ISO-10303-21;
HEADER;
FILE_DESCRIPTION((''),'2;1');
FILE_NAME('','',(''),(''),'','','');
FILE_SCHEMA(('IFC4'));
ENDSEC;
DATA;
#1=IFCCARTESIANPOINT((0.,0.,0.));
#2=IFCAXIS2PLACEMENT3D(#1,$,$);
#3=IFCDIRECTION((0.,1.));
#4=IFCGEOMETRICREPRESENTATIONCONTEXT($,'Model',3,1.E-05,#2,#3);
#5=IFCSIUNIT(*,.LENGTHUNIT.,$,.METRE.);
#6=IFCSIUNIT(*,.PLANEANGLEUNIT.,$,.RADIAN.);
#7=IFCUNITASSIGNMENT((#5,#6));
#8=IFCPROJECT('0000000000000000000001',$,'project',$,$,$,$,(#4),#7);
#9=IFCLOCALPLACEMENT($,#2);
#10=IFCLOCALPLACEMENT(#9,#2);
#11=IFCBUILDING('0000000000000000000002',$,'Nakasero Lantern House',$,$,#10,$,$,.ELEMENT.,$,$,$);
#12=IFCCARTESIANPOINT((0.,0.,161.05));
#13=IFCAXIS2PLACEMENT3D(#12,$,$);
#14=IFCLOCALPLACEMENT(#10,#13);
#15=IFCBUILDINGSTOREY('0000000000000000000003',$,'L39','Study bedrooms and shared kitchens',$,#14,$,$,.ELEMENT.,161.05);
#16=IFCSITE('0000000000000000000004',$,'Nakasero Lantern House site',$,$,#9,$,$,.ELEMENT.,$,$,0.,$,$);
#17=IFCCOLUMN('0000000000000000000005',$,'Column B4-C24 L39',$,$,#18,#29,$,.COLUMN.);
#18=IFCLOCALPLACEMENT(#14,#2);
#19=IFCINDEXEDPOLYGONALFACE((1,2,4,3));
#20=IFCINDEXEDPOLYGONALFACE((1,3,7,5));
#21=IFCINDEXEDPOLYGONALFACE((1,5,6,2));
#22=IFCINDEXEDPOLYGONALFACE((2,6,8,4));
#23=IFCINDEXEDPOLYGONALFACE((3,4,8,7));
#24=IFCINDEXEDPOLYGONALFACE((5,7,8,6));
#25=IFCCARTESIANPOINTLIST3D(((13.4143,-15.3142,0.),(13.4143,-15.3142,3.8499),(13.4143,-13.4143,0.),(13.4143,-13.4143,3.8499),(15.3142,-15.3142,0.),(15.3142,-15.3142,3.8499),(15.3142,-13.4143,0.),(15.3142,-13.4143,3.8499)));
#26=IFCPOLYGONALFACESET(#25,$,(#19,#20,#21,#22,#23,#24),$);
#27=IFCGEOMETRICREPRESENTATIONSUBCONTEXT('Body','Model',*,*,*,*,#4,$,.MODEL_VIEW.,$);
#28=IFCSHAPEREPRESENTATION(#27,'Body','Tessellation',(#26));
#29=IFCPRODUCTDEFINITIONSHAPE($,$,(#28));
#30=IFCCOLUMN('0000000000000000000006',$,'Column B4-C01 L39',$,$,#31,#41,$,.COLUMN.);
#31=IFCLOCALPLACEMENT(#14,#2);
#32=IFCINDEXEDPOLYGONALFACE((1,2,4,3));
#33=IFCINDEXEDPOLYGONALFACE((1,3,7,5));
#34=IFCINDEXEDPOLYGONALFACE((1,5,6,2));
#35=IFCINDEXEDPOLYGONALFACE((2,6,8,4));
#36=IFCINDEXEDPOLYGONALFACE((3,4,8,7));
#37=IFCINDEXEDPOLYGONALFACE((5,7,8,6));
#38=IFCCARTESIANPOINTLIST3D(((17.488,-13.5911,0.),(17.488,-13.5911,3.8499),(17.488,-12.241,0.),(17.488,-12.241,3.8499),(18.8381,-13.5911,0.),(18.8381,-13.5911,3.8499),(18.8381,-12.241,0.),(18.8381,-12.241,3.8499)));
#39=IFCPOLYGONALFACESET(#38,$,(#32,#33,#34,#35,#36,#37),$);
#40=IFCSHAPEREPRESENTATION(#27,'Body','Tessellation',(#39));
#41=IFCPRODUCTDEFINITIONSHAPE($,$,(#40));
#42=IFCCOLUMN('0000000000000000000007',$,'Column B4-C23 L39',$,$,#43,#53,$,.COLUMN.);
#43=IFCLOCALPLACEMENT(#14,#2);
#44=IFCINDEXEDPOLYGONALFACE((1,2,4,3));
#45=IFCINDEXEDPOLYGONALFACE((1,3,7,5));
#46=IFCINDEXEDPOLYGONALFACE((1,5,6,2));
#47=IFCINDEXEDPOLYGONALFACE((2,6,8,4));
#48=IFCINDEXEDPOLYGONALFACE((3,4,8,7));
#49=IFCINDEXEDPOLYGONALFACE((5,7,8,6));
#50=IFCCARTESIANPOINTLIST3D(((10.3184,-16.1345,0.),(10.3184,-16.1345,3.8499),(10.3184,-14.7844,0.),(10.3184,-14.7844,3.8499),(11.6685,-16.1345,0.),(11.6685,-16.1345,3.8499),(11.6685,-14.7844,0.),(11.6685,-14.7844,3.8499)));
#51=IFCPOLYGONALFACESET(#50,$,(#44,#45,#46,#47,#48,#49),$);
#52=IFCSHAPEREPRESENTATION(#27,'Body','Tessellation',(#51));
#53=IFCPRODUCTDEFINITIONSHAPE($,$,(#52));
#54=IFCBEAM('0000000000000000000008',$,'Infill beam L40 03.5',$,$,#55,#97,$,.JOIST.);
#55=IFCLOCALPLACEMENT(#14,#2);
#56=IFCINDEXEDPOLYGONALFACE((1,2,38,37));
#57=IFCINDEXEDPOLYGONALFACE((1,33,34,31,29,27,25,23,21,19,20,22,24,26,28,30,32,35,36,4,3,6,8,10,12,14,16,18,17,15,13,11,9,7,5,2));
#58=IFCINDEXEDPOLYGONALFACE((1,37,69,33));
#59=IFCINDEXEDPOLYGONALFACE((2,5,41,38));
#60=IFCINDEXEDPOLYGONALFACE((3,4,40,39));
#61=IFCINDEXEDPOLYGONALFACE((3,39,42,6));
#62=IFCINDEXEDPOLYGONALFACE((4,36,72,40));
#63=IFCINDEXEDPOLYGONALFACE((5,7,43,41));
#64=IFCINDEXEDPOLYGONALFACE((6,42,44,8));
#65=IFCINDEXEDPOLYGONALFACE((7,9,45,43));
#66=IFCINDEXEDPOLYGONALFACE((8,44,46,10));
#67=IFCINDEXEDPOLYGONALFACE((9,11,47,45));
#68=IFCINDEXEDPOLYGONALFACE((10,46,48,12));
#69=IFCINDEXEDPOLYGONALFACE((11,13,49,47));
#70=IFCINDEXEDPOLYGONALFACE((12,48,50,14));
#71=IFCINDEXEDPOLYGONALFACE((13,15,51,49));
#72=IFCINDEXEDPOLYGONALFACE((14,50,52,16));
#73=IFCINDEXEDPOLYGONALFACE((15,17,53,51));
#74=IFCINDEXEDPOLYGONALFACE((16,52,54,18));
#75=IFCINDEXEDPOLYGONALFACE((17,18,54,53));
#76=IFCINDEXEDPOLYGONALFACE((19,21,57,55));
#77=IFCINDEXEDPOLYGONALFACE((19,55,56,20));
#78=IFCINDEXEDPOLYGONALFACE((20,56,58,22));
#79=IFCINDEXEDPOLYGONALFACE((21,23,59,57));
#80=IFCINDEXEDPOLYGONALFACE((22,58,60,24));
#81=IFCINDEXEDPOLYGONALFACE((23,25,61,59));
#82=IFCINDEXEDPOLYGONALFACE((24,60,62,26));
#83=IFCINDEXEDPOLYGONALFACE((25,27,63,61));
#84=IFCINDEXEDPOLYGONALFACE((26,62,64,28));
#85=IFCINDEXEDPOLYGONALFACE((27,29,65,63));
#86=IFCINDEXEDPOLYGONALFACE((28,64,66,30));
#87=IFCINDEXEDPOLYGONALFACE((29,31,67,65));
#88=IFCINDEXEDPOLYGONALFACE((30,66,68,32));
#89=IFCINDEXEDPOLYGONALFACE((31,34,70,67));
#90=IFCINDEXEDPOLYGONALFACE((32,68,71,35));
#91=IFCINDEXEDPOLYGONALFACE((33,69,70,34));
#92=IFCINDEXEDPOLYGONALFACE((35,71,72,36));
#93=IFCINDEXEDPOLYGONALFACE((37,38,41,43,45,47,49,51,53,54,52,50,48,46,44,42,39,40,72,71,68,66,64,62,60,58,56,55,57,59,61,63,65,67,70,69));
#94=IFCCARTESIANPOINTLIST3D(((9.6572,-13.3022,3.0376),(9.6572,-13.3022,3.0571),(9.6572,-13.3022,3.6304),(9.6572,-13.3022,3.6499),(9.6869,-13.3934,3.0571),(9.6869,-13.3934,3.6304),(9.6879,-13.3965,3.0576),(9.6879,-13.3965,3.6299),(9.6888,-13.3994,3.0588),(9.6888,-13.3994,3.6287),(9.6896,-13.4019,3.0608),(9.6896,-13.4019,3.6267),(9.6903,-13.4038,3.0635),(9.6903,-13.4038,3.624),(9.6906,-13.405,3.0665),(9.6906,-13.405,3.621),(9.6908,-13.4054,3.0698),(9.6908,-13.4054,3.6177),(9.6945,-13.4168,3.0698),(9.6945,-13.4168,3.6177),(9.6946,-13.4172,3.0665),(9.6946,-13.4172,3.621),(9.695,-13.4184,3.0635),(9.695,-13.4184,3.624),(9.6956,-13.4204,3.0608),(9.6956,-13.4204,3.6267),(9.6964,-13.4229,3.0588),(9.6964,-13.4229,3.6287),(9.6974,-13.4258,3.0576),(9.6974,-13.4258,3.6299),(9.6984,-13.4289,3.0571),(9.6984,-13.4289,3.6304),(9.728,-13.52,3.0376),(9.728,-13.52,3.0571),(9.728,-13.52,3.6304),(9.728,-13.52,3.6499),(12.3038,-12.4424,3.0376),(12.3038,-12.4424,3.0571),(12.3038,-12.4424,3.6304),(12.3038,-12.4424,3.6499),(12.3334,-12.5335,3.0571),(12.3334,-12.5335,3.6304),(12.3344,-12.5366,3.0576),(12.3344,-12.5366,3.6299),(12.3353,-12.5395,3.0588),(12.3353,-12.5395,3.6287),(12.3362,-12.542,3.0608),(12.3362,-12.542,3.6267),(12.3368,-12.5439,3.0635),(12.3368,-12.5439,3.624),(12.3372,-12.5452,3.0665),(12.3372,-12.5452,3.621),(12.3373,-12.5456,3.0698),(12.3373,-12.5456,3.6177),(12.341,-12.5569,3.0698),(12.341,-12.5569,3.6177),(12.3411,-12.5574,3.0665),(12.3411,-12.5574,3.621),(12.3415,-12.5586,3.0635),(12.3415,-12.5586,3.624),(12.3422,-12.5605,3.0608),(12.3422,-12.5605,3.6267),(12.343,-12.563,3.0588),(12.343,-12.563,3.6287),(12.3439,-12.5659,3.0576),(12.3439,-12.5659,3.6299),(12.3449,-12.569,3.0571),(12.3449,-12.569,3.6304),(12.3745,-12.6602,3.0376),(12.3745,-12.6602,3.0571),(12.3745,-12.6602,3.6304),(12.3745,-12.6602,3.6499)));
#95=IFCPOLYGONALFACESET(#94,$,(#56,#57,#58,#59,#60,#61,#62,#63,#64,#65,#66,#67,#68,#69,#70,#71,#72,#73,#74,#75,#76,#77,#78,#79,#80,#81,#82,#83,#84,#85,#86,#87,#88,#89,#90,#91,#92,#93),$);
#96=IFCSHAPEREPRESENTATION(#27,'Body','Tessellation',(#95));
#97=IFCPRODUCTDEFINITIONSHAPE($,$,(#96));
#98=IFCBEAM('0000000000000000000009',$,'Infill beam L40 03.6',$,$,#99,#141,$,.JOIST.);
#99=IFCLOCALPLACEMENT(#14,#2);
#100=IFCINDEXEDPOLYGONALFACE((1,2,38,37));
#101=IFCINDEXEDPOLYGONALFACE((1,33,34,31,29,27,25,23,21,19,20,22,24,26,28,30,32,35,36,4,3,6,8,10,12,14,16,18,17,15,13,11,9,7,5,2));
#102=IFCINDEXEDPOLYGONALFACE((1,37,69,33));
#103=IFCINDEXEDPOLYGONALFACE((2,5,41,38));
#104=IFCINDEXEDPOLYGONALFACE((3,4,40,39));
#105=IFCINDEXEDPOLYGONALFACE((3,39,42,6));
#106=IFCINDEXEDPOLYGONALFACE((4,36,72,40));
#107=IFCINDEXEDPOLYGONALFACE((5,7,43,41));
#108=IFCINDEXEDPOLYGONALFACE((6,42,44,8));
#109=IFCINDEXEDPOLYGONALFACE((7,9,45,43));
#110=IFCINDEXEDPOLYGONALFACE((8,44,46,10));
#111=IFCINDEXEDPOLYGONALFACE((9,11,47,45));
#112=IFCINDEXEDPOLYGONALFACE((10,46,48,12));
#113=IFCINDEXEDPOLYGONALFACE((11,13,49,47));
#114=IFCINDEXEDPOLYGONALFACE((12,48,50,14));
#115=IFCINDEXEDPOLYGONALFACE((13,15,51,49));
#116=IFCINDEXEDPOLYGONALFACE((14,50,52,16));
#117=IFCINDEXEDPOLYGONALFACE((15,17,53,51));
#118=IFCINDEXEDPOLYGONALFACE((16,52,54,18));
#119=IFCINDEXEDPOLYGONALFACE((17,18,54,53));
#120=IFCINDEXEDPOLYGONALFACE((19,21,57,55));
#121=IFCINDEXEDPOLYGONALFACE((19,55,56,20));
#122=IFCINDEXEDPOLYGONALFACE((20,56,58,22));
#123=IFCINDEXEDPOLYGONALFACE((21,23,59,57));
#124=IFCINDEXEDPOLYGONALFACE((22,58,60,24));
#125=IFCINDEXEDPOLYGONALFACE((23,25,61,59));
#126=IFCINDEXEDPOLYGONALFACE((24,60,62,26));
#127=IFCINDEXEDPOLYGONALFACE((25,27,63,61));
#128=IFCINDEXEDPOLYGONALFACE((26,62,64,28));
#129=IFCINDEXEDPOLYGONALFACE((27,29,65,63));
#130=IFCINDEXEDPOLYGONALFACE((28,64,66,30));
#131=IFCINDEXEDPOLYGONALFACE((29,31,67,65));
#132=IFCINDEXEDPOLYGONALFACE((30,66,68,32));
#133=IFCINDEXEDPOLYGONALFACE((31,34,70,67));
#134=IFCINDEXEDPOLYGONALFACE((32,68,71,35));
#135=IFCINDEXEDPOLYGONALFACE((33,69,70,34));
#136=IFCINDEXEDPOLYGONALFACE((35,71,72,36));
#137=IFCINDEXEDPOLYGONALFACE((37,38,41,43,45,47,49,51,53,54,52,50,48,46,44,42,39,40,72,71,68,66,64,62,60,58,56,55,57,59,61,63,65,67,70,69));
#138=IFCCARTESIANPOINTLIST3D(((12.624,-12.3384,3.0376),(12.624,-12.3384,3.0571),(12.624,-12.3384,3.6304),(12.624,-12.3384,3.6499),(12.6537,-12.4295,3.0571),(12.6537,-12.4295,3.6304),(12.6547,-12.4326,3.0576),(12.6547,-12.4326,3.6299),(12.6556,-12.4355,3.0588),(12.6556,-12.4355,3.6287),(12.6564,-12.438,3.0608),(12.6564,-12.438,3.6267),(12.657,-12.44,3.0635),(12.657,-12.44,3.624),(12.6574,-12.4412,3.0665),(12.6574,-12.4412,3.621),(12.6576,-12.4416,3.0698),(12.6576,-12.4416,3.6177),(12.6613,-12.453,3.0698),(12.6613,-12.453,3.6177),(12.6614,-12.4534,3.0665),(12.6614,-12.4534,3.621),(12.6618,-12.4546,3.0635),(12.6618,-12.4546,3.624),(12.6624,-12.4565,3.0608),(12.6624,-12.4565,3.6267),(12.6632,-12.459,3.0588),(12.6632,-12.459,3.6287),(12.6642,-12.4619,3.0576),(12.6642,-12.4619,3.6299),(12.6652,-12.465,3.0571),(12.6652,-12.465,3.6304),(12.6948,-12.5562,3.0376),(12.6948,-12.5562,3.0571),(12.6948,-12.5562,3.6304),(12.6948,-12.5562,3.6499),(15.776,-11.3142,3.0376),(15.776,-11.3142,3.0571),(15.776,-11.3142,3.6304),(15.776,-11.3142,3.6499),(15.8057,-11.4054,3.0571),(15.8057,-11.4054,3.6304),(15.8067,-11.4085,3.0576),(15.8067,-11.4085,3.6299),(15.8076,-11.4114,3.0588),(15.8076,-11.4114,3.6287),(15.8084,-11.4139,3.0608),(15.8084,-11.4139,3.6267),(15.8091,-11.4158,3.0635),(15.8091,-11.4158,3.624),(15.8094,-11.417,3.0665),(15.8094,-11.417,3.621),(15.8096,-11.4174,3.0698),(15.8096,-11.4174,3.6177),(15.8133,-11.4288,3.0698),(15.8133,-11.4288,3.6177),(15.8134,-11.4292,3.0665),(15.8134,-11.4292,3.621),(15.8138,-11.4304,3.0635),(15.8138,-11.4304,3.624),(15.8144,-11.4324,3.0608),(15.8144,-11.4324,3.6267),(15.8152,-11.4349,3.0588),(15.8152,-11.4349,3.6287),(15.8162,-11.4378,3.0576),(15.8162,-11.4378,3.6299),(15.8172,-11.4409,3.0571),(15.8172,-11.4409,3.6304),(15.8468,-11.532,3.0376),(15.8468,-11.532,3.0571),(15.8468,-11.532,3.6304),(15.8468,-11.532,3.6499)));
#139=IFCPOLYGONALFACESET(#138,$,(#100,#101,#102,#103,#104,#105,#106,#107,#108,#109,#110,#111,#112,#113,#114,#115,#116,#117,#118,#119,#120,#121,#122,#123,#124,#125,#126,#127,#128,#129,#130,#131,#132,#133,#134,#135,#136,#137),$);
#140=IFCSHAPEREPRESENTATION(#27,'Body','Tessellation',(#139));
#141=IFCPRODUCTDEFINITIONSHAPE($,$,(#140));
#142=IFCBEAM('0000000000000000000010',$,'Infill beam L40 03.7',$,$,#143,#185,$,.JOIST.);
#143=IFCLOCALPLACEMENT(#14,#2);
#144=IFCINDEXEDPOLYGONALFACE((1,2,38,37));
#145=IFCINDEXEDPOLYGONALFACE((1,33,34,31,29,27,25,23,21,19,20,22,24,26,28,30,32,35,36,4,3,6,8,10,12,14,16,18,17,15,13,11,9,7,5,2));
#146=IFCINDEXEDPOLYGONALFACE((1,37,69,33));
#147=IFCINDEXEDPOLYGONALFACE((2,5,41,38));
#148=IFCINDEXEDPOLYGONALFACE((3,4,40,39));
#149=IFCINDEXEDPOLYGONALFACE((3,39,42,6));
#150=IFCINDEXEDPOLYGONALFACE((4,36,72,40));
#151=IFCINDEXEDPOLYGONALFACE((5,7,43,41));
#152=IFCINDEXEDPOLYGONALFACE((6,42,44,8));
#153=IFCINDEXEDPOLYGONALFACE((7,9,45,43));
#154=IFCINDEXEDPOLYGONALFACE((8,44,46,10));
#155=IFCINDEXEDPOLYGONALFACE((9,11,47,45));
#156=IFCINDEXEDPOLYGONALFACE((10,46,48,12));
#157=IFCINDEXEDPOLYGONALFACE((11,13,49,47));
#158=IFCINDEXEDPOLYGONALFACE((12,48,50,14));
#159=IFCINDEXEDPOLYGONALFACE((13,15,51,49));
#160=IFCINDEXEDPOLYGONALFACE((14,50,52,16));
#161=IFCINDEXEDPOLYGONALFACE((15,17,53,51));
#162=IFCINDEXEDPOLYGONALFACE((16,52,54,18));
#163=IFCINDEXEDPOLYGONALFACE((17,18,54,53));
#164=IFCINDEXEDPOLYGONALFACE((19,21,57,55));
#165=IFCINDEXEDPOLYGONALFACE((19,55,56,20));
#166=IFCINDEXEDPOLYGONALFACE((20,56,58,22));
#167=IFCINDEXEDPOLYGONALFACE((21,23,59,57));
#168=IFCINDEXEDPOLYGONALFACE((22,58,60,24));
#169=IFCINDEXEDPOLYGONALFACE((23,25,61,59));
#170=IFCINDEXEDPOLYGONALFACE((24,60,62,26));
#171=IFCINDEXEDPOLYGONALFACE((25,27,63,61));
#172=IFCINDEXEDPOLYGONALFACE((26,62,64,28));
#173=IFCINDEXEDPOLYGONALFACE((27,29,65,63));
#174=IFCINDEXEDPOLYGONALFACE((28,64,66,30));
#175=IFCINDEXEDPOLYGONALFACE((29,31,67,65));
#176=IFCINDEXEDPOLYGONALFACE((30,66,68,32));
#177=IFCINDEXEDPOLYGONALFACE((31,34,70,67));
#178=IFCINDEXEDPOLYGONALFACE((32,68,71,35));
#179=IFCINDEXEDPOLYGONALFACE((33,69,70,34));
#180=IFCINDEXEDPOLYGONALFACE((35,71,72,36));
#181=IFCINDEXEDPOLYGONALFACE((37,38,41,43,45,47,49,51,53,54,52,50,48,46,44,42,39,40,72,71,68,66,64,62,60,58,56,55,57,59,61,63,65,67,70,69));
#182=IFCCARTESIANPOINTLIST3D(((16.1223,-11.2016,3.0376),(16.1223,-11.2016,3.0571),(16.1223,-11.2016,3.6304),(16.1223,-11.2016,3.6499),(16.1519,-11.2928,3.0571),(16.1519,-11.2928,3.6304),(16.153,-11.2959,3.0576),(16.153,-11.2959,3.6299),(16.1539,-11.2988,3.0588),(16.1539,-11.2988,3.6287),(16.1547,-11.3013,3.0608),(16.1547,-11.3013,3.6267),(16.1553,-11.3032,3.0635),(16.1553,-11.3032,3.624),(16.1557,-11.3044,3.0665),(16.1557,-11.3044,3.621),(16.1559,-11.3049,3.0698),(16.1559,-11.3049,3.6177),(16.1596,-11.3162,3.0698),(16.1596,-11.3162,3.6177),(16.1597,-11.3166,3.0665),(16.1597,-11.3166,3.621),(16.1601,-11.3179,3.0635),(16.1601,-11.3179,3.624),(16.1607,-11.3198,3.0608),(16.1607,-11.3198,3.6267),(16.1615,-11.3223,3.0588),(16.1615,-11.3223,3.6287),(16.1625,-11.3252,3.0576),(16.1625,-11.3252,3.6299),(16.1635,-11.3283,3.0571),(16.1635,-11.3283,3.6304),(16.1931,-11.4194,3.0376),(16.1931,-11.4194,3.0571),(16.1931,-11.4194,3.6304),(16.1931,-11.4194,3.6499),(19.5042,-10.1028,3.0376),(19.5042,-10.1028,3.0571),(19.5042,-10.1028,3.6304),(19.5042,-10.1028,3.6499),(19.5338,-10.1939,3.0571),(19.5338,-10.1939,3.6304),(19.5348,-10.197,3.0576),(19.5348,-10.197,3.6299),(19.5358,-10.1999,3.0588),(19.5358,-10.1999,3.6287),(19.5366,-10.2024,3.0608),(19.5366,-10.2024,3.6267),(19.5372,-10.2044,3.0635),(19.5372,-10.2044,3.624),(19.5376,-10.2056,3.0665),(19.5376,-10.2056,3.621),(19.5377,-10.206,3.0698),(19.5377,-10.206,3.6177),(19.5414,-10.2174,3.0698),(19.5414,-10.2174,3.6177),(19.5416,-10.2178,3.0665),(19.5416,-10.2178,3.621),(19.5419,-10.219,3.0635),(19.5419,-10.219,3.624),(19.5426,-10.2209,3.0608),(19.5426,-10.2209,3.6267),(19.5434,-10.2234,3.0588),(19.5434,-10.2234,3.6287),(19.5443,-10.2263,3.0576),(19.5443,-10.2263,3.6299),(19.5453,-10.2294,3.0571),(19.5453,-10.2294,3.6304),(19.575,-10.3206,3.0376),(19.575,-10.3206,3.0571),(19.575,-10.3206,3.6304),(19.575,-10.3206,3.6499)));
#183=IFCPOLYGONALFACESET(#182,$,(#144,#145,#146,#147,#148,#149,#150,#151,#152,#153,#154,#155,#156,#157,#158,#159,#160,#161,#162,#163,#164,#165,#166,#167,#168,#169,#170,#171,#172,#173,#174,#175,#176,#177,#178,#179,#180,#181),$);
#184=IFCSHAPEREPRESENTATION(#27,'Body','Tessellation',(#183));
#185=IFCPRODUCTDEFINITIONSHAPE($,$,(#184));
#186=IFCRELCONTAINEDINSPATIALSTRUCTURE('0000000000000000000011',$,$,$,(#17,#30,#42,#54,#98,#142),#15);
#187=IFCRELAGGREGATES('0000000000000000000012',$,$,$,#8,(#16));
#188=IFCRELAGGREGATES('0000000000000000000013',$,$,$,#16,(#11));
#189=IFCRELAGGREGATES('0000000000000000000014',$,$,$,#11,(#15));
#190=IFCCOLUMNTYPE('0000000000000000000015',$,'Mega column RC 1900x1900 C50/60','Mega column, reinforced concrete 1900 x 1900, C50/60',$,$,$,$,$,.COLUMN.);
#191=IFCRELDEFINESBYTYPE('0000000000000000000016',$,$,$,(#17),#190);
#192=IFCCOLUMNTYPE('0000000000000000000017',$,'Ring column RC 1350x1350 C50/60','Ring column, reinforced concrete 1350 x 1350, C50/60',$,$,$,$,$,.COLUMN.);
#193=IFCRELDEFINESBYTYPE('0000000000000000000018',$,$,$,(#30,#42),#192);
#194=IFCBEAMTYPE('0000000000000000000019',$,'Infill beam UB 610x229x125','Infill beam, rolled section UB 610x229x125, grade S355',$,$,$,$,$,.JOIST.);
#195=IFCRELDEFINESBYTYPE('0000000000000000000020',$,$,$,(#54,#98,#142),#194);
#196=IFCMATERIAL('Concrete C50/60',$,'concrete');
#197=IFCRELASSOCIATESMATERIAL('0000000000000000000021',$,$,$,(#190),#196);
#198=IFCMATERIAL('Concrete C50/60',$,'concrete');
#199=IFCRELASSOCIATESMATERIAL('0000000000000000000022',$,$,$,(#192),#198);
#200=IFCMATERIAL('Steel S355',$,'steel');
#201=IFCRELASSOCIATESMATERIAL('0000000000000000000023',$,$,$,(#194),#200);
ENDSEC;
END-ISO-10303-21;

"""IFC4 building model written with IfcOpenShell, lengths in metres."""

from ifc_helpers import new_model, si_unit, direction, frame, origin, origin_2d, place, context, subcontext, project, spatial, rectangle, i_section, extrude, material, material_profile, profile_set, type_object, element, save


model = new_model("IFC4")

# Units and contexts
model_context = context("Model", 3, precision=1e-05, world=origin(), true_north=direction((0.0, 1.0)))
body_context = subcontext(model_context, "Body", "Model", "MODEL_VIEW")
ifc_project = project(units=[si_unit("LENGTHUNIT", "METRE"), si_unit("PLANEANGLEUNIT", "RADIAN")], contexts=[model_context])

# Site, building, storey
site_placement = place(None, origin())
site = spatial("IfcSite", under=ifc_project, at=site_placement, Name="Nakasero Lantern House site", CompositionType="ELEMENT", RefElevation=0.0)
building_placement = place(site_placement, origin())
building = spatial("IfcBuilding", under=site, at=building_placement, Name="Nakasero Lantern House", CompositionType="ELEMENT")
storey_placement = place(building_placement, frame((0.0, 0.0, 161.05)))
storey = spatial("IfcBuildingStorey", under=building, at=storey_placement, Name="L39", Description="Study bedrooms and shared kitchens", CompositionType="ELEMENT", Elevation=161.05)

# Columns
ifc_material_1 = material(Name="Concrete C50/60", Category="concrete")
ifc_material_profile_1 = material_profile(ifc_material_1, rectangle(XDim=1.8999, YDim=1.8999, at=origin_2d()), Name="RC 1900x1900")
ifc_profile_set_1 = profile_set([ifc_material_profile_1], Name="Concrete C50/60")
column_type_1 = type_object("IfcColumnType", Name="Mega column RC 1900x1900 C50/60", Description="Mega column, reinforced concrete 1900 x 1900, C50/60", PredefinedType="COLUMN", material=ifc_profile_set_1)
column_placement = place(storey_placement, frame((14.3643, -14.3643, 0.0), z_axis=(0.0, 0.0, 1.0), x_axis=(1.0, 0.0, 0.0)))
element("IfcColumn", 1, at=column_placement, inside=storey, type_object=column_type_1, Name="Column B4-C24 L39", PredefinedType="COLUMN", context=body_context, shape_type="SweptSolid", body=[
    extrude(rectangle(XDim=1.8999, YDim=1.8999, at=origin_2d()), origin(), (0.0, 0.0, 1.0), 3.8499),
])
ifc_material_2 = material(Name="Concrete C50/60", Category="concrete")
ifc_material_profile_2 = material_profile(ifc_material_2, rectangle(XDim=1.3501, YDim=1.3501, at=origin_2d()), Name="RC 1350x1350")
ifc_profile_set_2 = profile_set([ifc_material_profile_2], Name="Concrete C50/60")
column_type_2 = type_object("IfcColumnType", Name="Ring column RC 1350x1350 C50/60", Description="Ring column, reinforced concrete 1350 x 1350, C50/60", PredefinedType="COLUMN", material=ifc_profile_set_2)
for number, where, z_axis, x_axis, name in (
    (2, (18.1631, -12.916, 0.0), (0.0, 0.0, 1.0), (1.0, 0.0, 0.0), "Column B4-C01 L39"),
    (3, (10.9934, -15.4595, 0.0), (0.0, 0.0, 1.0), (1.0, 0.0, 0.0), "Column B4-C23 L39"),
):
    element("IfcColumn", number, at=place(storey_placement, frame(where, z_axis=z_axis, x_axis=x_axis)), inside=storey, type_object=column_type_2, Name=name, PredefinedType="COLUMN", context=body_context, shape_type="SweptSolid", body=[
        extrude(rectangle(XDim=1.3501, YDim=1.3501, at=origin_2d()), origin(), (0.0, 0.0, 1.0), 3.8499),
    ])

# Beams
ifc_material_3 = material(Name="Steel S355", Category="steel")
ifc_material_profile_3 = material_profile(ifc_material_3, i_section(OverallWidth=0.229, OverallDepth=0.6123, WebThickness=0.012, FlangeThickness=0.0195, FilletRadius=0.0127, at=origin_2d()), Name="UB 610x229x125")
ifc_profile_set_3 = profile_set([ifc_material_profile_3], Name="Steel S355")
beam_type_1 = type_object("IfcBeamType", Name="Infill beam UB 610x229x125", Description="Infill beam, rolled section UB 610x229x125, grade S355", PredefinedType="JOIST", material=ifc_profile_set_3)
beam_1_placement = place(storey_placement, frame((9.6926, -13.4111, 3.3438), z_axis=(0.95106, 0.309007, 0.0), x_axis=(-0.309007, 0.95106, 0.0)))
element("IfcBeam", 4, at=beam_1_placement, inside=storey, type_object=beam_type_1, Name="Infill beam L40 03.5", PredefinedType="JOIST", context=body_context, shape_type="SweptSolid", body=[
    extrude(i_section(OverallWidth=0.229, OverallDepth=0.6123, WebThickness=0.012, FlangeThickness=0.0195, FilletRadius=0.0127, at=origin_2d()), origin(), (0.0, 0.0, 1.0), 2.7827),
])
beam_2_placement = place(storey_placement, frame((12.6594, -12.4473, 3.3438), z_axis=(0.951057, 0.309014, 0.0), x_axis=(-0.309014, 0.951057, 0.0)))
element("IfcBeam", 5, at=beam_2_placement, inside=storey, type_object=beam_type_1, Name="Infill beam L40 03.6", PredefinedType="JOIST", context=body_context, shape_type="SweptSolid", body=[
    extrude(i_section(OverallWidth=0.229, OverallDepth=0.6123, WebThickness=0.012, FlangeThickness=0.0195, FilletRadius=0.0127, at=origin_2d()), origin(), (0.0, 0.0, 1.0), 3.3142),
])
beam_3_placement = place(storey_placement, frame((16.1577, -11.3105, 3.3438), z_axis=(0.951052, 0.30903, 0.0), x_axis=(-0.30903, 0.951052, 0.0)))
element("IfcBeam", 6, at=beam_3_placement, inside=storey, type_object=beam_type_1, Name="Infill beam L40 03.7", PredefinedType="JOIST", context=body_context, shape_type="SweptSolid", body=[
    extrude(i_section(OverallWidth=0.229, OverallDepth=0.6123, WebThickness=0.012, FlangeThickness=0.0195, FilletRadius=0.0127, at=origin_2d()), origin(), (0.0, 0.0, 1.0), 3.5559),
])

save(model, "model.ifc")
